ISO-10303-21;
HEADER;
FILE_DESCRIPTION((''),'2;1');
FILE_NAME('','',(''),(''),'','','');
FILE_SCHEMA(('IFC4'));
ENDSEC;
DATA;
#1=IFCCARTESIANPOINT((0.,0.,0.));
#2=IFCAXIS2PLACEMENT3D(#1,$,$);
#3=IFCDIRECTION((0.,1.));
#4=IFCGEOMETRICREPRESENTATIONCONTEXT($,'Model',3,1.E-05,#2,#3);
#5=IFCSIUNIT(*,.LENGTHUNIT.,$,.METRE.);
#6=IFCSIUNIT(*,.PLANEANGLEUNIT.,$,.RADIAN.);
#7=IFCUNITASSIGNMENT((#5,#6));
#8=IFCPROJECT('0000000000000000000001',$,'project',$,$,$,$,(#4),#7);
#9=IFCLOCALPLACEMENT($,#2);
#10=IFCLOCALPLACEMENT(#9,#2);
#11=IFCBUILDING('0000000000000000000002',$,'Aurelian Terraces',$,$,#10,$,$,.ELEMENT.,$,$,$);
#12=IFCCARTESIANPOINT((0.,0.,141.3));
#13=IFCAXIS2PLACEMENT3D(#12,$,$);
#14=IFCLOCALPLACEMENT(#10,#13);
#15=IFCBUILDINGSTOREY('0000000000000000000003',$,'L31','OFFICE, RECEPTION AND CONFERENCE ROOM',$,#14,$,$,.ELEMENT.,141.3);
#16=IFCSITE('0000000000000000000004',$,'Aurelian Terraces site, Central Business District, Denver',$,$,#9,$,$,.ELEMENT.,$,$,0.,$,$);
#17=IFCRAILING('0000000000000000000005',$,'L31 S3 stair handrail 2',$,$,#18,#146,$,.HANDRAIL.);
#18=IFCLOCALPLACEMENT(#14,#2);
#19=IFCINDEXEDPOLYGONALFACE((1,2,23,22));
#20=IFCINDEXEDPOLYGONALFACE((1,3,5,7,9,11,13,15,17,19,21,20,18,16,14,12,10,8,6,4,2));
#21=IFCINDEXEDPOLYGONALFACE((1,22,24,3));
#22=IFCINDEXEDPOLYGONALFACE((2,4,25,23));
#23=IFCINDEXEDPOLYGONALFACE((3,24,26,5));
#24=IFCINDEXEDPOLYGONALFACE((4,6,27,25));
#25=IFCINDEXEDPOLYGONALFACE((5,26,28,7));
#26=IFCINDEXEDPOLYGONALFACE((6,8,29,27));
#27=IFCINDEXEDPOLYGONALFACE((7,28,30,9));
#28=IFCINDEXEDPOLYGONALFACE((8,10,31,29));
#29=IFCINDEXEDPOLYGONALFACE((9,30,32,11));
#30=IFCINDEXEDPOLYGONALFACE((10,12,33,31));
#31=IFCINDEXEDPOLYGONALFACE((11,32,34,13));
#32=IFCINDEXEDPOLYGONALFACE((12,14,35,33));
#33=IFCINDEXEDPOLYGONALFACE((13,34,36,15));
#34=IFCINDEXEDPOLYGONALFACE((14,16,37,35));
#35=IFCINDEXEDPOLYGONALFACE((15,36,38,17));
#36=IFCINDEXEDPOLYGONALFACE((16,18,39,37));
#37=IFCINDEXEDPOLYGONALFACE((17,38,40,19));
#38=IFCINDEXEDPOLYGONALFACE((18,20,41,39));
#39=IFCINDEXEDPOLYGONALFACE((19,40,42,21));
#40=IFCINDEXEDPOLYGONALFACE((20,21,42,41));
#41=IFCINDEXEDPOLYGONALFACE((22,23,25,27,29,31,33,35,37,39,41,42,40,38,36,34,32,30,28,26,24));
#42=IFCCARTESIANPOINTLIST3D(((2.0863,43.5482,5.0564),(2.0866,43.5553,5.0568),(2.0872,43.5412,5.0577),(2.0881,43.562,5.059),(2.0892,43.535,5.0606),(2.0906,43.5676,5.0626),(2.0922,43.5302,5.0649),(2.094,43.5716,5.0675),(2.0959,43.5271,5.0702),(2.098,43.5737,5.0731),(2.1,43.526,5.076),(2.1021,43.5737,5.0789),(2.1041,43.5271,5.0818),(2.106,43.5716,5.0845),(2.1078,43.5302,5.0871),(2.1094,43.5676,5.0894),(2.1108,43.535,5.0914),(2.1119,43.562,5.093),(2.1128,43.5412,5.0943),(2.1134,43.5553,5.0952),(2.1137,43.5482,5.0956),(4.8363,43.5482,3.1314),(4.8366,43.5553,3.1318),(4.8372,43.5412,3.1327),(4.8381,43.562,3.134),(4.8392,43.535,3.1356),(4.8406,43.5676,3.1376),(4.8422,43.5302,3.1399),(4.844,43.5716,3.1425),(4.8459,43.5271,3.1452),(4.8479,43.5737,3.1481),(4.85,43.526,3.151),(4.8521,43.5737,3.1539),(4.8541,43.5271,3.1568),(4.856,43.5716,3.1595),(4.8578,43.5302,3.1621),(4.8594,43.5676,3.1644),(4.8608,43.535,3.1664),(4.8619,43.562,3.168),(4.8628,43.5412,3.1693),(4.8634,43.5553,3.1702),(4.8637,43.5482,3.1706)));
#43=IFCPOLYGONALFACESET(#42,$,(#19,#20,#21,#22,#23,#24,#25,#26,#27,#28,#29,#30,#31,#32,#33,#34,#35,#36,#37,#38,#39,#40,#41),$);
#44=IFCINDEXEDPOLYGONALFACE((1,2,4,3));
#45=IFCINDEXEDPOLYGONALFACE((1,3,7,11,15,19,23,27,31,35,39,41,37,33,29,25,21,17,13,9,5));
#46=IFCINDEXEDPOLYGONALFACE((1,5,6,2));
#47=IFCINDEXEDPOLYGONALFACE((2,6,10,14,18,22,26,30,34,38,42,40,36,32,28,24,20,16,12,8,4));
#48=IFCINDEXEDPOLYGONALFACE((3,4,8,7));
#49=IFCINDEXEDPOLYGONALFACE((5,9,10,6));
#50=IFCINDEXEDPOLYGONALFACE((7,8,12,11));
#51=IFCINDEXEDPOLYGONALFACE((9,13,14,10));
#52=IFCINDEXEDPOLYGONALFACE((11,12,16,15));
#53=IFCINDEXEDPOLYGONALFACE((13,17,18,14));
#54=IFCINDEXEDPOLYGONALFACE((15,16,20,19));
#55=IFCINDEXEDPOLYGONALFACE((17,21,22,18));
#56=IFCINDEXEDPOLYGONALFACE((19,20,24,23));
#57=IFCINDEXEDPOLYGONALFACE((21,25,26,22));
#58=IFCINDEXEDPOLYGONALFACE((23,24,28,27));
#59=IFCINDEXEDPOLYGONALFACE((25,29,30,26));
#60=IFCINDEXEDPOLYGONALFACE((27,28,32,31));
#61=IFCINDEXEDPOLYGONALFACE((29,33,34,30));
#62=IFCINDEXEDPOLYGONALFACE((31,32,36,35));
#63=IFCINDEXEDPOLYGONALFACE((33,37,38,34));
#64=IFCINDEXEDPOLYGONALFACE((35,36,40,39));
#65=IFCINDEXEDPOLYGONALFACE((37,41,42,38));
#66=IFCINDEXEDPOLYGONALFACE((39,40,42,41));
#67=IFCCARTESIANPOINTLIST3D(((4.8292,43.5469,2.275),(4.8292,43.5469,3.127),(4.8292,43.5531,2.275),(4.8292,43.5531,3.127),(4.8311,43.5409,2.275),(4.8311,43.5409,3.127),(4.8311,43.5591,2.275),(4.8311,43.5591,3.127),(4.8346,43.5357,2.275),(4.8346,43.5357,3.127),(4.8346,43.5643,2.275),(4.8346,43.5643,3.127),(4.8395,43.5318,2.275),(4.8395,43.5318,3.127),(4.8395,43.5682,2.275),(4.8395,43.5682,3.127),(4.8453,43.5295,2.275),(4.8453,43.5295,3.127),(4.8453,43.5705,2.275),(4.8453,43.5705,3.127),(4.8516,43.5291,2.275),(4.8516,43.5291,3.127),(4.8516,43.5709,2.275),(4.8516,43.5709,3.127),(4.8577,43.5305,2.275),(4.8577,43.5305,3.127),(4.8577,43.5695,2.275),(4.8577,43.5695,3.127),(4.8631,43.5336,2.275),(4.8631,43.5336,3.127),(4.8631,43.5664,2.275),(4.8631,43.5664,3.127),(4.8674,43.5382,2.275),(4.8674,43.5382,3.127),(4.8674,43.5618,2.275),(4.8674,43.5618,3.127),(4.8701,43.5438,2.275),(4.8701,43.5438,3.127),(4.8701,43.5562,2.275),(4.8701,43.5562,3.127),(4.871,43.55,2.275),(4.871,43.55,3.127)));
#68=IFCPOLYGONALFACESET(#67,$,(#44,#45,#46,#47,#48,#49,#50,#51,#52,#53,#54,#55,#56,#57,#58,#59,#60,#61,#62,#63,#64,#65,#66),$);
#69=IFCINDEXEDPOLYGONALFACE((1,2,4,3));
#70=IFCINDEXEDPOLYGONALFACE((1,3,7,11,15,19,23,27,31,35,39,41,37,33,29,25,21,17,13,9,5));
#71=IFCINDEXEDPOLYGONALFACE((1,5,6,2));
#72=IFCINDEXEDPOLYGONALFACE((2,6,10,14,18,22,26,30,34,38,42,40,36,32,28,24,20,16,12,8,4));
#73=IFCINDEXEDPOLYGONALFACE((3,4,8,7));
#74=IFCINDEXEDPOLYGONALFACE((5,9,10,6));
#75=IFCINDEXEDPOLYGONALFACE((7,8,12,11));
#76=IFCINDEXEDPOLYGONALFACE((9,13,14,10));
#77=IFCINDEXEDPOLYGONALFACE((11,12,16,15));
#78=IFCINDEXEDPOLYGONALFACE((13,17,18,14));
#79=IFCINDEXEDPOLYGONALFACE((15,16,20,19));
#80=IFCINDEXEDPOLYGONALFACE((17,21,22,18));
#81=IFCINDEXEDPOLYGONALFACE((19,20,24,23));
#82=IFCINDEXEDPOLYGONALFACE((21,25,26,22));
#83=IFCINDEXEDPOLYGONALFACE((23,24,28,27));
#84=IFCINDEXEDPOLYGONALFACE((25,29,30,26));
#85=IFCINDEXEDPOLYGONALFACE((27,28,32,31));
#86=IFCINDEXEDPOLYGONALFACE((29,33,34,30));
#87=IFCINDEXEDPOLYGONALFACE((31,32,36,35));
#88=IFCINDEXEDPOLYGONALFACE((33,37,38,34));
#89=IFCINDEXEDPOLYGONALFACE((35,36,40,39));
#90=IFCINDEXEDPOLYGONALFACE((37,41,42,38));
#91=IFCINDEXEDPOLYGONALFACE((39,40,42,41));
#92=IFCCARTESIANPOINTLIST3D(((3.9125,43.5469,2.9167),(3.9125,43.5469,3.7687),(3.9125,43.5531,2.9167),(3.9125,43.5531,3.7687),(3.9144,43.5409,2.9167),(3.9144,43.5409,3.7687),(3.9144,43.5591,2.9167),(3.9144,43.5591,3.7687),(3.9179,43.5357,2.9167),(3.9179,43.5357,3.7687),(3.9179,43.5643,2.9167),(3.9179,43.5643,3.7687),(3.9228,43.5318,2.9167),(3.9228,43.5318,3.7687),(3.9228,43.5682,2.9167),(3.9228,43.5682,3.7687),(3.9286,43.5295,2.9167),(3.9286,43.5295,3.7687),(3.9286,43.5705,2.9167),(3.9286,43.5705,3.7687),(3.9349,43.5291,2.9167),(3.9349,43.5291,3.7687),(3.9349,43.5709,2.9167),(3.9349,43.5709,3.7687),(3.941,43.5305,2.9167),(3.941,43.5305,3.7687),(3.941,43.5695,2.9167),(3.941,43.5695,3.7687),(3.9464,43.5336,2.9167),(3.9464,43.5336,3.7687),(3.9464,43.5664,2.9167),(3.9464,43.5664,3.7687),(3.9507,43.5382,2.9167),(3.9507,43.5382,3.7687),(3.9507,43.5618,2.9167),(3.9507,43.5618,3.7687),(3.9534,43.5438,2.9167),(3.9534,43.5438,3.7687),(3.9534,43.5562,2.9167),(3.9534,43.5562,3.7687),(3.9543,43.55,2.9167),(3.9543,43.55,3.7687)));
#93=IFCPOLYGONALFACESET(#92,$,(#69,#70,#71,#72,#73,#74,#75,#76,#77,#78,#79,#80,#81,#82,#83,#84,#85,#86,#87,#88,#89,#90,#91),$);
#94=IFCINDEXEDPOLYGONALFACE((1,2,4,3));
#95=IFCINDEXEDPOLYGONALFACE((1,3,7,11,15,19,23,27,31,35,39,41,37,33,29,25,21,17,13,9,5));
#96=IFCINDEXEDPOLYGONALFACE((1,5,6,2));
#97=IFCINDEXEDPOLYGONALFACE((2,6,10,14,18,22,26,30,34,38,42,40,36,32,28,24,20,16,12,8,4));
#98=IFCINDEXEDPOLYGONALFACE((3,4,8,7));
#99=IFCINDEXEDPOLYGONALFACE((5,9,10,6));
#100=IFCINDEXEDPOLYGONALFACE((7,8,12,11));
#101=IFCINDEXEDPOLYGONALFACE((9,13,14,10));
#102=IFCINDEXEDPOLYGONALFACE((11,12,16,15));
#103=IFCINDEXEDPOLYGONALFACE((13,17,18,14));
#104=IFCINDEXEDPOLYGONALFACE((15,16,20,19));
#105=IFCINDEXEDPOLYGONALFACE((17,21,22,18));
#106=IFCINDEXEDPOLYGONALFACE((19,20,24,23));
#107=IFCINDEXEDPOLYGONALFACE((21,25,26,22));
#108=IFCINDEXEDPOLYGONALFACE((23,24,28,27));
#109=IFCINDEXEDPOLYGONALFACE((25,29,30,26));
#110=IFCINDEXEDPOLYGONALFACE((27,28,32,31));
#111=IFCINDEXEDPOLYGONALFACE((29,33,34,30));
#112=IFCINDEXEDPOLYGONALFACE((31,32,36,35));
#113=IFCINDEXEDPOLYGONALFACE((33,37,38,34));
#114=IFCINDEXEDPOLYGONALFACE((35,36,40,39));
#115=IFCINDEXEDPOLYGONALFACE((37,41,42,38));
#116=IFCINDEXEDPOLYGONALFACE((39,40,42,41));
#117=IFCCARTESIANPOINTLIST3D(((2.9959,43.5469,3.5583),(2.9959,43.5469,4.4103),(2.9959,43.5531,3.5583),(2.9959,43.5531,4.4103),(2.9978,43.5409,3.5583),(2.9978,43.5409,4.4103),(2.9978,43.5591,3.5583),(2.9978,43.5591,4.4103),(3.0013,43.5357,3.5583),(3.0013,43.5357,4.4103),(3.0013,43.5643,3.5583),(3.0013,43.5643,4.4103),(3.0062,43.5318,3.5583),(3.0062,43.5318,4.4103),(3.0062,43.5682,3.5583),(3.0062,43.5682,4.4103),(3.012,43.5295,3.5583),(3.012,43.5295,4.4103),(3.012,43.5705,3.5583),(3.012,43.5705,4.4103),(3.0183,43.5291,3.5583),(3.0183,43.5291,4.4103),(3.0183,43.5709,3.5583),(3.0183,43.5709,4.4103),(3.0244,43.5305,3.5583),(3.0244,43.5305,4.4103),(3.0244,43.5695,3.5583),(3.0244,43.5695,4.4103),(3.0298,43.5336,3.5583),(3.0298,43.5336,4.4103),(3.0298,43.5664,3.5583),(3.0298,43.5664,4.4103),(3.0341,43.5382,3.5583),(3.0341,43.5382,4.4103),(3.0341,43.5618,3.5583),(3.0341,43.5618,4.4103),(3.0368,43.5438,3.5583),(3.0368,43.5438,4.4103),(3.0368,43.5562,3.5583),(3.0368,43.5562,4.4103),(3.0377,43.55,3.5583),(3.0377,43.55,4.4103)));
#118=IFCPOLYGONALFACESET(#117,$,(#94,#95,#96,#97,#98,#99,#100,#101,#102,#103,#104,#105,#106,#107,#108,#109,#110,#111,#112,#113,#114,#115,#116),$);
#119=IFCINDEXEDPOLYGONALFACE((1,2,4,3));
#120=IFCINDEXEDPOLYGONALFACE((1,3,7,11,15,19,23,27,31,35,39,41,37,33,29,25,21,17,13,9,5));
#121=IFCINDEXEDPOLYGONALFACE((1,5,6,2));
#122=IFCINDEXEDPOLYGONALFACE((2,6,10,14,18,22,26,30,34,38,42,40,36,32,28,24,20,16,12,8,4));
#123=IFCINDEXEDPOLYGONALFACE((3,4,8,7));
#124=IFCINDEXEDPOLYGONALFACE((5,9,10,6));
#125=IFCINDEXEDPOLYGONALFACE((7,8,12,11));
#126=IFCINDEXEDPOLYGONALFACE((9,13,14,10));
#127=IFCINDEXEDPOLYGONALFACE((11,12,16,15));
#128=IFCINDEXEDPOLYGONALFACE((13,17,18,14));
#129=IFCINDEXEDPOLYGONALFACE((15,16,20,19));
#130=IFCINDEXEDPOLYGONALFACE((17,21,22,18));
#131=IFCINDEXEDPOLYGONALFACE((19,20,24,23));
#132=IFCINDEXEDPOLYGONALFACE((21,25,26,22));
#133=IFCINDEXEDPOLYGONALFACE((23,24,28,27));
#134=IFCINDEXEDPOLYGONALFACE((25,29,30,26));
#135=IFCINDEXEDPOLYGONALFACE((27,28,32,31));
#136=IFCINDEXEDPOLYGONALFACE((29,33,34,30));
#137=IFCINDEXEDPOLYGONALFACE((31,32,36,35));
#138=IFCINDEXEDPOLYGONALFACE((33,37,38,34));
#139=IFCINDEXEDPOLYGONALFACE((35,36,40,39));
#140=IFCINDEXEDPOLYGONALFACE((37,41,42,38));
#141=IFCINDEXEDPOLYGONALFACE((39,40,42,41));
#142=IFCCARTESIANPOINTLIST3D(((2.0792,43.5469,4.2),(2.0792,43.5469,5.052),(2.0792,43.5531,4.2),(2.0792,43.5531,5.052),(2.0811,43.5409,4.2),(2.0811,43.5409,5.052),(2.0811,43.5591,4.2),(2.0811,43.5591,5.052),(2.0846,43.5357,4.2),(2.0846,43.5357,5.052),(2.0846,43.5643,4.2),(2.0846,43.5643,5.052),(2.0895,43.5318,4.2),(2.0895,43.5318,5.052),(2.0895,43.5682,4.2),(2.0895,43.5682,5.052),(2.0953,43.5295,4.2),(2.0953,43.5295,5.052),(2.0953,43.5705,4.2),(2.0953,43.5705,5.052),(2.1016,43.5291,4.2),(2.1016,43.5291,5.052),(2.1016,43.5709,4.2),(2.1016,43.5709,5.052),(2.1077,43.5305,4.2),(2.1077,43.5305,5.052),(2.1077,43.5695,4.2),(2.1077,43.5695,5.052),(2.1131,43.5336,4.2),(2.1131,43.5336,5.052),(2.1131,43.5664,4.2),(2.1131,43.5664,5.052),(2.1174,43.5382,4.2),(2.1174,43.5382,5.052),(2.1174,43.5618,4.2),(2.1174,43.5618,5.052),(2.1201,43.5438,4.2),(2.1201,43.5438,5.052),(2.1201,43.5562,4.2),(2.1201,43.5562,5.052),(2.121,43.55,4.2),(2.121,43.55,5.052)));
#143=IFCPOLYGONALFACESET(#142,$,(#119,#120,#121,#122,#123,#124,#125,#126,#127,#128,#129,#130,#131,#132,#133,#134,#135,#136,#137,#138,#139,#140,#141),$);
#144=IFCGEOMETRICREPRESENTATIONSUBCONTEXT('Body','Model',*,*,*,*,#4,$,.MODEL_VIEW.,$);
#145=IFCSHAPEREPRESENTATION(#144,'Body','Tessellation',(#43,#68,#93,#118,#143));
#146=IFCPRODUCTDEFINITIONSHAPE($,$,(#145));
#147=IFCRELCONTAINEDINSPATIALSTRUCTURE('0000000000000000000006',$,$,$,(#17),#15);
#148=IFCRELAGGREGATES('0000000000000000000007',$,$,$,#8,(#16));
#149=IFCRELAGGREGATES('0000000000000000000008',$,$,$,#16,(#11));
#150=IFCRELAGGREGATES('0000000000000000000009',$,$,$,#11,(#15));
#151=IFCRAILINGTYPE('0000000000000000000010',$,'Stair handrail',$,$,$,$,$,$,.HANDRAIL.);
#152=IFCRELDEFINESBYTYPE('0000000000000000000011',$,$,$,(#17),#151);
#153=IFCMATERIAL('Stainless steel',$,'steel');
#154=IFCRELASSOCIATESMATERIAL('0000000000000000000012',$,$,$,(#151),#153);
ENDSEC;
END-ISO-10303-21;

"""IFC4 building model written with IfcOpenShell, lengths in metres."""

from ifc_helpers import new_model, si_unit, direction, frame, origin, origin_2d, place, context, subcontext, project, spatial, circle, extrude, source, transform, mapped, material, type_object, element, save


model = new_model("IFC4")

# Units and contexts
model_context = context("Model", 3, precision=1e-05, world=origin(), true_north=direction((0.0, 1.0)))
body_context = subcontext(model_context, "Body", "Model", "MODEL_VIEW")
ifc_project = project(units=[si_unit("LENGTHUNIT", "METRE"), si_unit("PLANEANGLEUNIT", "RADIAN")], contexts=[model_context])

# Site, building, storey
site_placement = place(None, origin())
site = spatial("IfcSite", under=ifc_project, at=site_placement, Name="Aurelian Terraces site, Central Business District, Denver", CompositionType="ELEMENT", RefElevation=0.0)
building_placement = place(site_placement, origin())
building = spatial("IfcBuilding", under=site, at=building_placement, Name="Aurelian Terraces", CompositionType="ELEMENT")
storey_placement = place(building_placement, frame((0.0, 0.0, 141.3)))
storey = spatial("IfcBuildingStorey", under=building, at=storey_placement, Name="L31", Description="OFFICE, RECEPTION AND CONFERENCE ROOM", CompositionType="ELEMENT", Elevation=141.3)

# Railing
ifc_material_1 = material(Name="Stainless steel", Category="steel")
railing_type_1 = type_object("IfcRailingType", Name="Stair handrail", PredefinedType="HANDRAIL", material=ifc_material_1)
shared_shape_1 = source(origin(), body_context, "Body", "SweptSolid", [
    extrude(circle(Radius=0.024, at=origin_2d()), frame((0.0, 0.0, 0.876), z_axis=(-0.819232, 0.0, 0.573462), x_axis=(0.0, -1.0, 0.0)), (0.0, 0.0, 1.0), 3.3568),
    extrude(circle(Radius=0.021, at=origin_2d()), origin(), (0.0, 0.0, 1.0), 0.852),
    extrude(circle(Radius=0.021, at=origin_2d()), frame((-0.9167, 0.0, 0.6417)), (0.0, 0.0, 1.0), 0.852),
    extrude(circle(Radius=0.021, at=origin_2d()), frame((-1.8333, 0.0, 1.2833)), (0.0, 0.0, 1.0), 0.852),
    extrude(circle(Radius=0.021, at=origin_2d()), frame((-2.75, 0.0, 1.925)), (0.0, 0.0, 1.0), 0.852),
])
railing_1_placement = place(storey_placement, frame((4.85, 43.55, 2.275)))
element("IfcRailing", 1, at=railing_1_placement, inside=storey, type_object=railing_type_1, Name="L31 S3 stair handrail 2", PredefinedType="HANDRAIL", context=body_context, shape_type="MappedRepresentation", body=[
    mapped(shared_shape_1, transform((0.0, 0.0, 0.0), scale=1.0)),
])

save(model, "model.ifc")
